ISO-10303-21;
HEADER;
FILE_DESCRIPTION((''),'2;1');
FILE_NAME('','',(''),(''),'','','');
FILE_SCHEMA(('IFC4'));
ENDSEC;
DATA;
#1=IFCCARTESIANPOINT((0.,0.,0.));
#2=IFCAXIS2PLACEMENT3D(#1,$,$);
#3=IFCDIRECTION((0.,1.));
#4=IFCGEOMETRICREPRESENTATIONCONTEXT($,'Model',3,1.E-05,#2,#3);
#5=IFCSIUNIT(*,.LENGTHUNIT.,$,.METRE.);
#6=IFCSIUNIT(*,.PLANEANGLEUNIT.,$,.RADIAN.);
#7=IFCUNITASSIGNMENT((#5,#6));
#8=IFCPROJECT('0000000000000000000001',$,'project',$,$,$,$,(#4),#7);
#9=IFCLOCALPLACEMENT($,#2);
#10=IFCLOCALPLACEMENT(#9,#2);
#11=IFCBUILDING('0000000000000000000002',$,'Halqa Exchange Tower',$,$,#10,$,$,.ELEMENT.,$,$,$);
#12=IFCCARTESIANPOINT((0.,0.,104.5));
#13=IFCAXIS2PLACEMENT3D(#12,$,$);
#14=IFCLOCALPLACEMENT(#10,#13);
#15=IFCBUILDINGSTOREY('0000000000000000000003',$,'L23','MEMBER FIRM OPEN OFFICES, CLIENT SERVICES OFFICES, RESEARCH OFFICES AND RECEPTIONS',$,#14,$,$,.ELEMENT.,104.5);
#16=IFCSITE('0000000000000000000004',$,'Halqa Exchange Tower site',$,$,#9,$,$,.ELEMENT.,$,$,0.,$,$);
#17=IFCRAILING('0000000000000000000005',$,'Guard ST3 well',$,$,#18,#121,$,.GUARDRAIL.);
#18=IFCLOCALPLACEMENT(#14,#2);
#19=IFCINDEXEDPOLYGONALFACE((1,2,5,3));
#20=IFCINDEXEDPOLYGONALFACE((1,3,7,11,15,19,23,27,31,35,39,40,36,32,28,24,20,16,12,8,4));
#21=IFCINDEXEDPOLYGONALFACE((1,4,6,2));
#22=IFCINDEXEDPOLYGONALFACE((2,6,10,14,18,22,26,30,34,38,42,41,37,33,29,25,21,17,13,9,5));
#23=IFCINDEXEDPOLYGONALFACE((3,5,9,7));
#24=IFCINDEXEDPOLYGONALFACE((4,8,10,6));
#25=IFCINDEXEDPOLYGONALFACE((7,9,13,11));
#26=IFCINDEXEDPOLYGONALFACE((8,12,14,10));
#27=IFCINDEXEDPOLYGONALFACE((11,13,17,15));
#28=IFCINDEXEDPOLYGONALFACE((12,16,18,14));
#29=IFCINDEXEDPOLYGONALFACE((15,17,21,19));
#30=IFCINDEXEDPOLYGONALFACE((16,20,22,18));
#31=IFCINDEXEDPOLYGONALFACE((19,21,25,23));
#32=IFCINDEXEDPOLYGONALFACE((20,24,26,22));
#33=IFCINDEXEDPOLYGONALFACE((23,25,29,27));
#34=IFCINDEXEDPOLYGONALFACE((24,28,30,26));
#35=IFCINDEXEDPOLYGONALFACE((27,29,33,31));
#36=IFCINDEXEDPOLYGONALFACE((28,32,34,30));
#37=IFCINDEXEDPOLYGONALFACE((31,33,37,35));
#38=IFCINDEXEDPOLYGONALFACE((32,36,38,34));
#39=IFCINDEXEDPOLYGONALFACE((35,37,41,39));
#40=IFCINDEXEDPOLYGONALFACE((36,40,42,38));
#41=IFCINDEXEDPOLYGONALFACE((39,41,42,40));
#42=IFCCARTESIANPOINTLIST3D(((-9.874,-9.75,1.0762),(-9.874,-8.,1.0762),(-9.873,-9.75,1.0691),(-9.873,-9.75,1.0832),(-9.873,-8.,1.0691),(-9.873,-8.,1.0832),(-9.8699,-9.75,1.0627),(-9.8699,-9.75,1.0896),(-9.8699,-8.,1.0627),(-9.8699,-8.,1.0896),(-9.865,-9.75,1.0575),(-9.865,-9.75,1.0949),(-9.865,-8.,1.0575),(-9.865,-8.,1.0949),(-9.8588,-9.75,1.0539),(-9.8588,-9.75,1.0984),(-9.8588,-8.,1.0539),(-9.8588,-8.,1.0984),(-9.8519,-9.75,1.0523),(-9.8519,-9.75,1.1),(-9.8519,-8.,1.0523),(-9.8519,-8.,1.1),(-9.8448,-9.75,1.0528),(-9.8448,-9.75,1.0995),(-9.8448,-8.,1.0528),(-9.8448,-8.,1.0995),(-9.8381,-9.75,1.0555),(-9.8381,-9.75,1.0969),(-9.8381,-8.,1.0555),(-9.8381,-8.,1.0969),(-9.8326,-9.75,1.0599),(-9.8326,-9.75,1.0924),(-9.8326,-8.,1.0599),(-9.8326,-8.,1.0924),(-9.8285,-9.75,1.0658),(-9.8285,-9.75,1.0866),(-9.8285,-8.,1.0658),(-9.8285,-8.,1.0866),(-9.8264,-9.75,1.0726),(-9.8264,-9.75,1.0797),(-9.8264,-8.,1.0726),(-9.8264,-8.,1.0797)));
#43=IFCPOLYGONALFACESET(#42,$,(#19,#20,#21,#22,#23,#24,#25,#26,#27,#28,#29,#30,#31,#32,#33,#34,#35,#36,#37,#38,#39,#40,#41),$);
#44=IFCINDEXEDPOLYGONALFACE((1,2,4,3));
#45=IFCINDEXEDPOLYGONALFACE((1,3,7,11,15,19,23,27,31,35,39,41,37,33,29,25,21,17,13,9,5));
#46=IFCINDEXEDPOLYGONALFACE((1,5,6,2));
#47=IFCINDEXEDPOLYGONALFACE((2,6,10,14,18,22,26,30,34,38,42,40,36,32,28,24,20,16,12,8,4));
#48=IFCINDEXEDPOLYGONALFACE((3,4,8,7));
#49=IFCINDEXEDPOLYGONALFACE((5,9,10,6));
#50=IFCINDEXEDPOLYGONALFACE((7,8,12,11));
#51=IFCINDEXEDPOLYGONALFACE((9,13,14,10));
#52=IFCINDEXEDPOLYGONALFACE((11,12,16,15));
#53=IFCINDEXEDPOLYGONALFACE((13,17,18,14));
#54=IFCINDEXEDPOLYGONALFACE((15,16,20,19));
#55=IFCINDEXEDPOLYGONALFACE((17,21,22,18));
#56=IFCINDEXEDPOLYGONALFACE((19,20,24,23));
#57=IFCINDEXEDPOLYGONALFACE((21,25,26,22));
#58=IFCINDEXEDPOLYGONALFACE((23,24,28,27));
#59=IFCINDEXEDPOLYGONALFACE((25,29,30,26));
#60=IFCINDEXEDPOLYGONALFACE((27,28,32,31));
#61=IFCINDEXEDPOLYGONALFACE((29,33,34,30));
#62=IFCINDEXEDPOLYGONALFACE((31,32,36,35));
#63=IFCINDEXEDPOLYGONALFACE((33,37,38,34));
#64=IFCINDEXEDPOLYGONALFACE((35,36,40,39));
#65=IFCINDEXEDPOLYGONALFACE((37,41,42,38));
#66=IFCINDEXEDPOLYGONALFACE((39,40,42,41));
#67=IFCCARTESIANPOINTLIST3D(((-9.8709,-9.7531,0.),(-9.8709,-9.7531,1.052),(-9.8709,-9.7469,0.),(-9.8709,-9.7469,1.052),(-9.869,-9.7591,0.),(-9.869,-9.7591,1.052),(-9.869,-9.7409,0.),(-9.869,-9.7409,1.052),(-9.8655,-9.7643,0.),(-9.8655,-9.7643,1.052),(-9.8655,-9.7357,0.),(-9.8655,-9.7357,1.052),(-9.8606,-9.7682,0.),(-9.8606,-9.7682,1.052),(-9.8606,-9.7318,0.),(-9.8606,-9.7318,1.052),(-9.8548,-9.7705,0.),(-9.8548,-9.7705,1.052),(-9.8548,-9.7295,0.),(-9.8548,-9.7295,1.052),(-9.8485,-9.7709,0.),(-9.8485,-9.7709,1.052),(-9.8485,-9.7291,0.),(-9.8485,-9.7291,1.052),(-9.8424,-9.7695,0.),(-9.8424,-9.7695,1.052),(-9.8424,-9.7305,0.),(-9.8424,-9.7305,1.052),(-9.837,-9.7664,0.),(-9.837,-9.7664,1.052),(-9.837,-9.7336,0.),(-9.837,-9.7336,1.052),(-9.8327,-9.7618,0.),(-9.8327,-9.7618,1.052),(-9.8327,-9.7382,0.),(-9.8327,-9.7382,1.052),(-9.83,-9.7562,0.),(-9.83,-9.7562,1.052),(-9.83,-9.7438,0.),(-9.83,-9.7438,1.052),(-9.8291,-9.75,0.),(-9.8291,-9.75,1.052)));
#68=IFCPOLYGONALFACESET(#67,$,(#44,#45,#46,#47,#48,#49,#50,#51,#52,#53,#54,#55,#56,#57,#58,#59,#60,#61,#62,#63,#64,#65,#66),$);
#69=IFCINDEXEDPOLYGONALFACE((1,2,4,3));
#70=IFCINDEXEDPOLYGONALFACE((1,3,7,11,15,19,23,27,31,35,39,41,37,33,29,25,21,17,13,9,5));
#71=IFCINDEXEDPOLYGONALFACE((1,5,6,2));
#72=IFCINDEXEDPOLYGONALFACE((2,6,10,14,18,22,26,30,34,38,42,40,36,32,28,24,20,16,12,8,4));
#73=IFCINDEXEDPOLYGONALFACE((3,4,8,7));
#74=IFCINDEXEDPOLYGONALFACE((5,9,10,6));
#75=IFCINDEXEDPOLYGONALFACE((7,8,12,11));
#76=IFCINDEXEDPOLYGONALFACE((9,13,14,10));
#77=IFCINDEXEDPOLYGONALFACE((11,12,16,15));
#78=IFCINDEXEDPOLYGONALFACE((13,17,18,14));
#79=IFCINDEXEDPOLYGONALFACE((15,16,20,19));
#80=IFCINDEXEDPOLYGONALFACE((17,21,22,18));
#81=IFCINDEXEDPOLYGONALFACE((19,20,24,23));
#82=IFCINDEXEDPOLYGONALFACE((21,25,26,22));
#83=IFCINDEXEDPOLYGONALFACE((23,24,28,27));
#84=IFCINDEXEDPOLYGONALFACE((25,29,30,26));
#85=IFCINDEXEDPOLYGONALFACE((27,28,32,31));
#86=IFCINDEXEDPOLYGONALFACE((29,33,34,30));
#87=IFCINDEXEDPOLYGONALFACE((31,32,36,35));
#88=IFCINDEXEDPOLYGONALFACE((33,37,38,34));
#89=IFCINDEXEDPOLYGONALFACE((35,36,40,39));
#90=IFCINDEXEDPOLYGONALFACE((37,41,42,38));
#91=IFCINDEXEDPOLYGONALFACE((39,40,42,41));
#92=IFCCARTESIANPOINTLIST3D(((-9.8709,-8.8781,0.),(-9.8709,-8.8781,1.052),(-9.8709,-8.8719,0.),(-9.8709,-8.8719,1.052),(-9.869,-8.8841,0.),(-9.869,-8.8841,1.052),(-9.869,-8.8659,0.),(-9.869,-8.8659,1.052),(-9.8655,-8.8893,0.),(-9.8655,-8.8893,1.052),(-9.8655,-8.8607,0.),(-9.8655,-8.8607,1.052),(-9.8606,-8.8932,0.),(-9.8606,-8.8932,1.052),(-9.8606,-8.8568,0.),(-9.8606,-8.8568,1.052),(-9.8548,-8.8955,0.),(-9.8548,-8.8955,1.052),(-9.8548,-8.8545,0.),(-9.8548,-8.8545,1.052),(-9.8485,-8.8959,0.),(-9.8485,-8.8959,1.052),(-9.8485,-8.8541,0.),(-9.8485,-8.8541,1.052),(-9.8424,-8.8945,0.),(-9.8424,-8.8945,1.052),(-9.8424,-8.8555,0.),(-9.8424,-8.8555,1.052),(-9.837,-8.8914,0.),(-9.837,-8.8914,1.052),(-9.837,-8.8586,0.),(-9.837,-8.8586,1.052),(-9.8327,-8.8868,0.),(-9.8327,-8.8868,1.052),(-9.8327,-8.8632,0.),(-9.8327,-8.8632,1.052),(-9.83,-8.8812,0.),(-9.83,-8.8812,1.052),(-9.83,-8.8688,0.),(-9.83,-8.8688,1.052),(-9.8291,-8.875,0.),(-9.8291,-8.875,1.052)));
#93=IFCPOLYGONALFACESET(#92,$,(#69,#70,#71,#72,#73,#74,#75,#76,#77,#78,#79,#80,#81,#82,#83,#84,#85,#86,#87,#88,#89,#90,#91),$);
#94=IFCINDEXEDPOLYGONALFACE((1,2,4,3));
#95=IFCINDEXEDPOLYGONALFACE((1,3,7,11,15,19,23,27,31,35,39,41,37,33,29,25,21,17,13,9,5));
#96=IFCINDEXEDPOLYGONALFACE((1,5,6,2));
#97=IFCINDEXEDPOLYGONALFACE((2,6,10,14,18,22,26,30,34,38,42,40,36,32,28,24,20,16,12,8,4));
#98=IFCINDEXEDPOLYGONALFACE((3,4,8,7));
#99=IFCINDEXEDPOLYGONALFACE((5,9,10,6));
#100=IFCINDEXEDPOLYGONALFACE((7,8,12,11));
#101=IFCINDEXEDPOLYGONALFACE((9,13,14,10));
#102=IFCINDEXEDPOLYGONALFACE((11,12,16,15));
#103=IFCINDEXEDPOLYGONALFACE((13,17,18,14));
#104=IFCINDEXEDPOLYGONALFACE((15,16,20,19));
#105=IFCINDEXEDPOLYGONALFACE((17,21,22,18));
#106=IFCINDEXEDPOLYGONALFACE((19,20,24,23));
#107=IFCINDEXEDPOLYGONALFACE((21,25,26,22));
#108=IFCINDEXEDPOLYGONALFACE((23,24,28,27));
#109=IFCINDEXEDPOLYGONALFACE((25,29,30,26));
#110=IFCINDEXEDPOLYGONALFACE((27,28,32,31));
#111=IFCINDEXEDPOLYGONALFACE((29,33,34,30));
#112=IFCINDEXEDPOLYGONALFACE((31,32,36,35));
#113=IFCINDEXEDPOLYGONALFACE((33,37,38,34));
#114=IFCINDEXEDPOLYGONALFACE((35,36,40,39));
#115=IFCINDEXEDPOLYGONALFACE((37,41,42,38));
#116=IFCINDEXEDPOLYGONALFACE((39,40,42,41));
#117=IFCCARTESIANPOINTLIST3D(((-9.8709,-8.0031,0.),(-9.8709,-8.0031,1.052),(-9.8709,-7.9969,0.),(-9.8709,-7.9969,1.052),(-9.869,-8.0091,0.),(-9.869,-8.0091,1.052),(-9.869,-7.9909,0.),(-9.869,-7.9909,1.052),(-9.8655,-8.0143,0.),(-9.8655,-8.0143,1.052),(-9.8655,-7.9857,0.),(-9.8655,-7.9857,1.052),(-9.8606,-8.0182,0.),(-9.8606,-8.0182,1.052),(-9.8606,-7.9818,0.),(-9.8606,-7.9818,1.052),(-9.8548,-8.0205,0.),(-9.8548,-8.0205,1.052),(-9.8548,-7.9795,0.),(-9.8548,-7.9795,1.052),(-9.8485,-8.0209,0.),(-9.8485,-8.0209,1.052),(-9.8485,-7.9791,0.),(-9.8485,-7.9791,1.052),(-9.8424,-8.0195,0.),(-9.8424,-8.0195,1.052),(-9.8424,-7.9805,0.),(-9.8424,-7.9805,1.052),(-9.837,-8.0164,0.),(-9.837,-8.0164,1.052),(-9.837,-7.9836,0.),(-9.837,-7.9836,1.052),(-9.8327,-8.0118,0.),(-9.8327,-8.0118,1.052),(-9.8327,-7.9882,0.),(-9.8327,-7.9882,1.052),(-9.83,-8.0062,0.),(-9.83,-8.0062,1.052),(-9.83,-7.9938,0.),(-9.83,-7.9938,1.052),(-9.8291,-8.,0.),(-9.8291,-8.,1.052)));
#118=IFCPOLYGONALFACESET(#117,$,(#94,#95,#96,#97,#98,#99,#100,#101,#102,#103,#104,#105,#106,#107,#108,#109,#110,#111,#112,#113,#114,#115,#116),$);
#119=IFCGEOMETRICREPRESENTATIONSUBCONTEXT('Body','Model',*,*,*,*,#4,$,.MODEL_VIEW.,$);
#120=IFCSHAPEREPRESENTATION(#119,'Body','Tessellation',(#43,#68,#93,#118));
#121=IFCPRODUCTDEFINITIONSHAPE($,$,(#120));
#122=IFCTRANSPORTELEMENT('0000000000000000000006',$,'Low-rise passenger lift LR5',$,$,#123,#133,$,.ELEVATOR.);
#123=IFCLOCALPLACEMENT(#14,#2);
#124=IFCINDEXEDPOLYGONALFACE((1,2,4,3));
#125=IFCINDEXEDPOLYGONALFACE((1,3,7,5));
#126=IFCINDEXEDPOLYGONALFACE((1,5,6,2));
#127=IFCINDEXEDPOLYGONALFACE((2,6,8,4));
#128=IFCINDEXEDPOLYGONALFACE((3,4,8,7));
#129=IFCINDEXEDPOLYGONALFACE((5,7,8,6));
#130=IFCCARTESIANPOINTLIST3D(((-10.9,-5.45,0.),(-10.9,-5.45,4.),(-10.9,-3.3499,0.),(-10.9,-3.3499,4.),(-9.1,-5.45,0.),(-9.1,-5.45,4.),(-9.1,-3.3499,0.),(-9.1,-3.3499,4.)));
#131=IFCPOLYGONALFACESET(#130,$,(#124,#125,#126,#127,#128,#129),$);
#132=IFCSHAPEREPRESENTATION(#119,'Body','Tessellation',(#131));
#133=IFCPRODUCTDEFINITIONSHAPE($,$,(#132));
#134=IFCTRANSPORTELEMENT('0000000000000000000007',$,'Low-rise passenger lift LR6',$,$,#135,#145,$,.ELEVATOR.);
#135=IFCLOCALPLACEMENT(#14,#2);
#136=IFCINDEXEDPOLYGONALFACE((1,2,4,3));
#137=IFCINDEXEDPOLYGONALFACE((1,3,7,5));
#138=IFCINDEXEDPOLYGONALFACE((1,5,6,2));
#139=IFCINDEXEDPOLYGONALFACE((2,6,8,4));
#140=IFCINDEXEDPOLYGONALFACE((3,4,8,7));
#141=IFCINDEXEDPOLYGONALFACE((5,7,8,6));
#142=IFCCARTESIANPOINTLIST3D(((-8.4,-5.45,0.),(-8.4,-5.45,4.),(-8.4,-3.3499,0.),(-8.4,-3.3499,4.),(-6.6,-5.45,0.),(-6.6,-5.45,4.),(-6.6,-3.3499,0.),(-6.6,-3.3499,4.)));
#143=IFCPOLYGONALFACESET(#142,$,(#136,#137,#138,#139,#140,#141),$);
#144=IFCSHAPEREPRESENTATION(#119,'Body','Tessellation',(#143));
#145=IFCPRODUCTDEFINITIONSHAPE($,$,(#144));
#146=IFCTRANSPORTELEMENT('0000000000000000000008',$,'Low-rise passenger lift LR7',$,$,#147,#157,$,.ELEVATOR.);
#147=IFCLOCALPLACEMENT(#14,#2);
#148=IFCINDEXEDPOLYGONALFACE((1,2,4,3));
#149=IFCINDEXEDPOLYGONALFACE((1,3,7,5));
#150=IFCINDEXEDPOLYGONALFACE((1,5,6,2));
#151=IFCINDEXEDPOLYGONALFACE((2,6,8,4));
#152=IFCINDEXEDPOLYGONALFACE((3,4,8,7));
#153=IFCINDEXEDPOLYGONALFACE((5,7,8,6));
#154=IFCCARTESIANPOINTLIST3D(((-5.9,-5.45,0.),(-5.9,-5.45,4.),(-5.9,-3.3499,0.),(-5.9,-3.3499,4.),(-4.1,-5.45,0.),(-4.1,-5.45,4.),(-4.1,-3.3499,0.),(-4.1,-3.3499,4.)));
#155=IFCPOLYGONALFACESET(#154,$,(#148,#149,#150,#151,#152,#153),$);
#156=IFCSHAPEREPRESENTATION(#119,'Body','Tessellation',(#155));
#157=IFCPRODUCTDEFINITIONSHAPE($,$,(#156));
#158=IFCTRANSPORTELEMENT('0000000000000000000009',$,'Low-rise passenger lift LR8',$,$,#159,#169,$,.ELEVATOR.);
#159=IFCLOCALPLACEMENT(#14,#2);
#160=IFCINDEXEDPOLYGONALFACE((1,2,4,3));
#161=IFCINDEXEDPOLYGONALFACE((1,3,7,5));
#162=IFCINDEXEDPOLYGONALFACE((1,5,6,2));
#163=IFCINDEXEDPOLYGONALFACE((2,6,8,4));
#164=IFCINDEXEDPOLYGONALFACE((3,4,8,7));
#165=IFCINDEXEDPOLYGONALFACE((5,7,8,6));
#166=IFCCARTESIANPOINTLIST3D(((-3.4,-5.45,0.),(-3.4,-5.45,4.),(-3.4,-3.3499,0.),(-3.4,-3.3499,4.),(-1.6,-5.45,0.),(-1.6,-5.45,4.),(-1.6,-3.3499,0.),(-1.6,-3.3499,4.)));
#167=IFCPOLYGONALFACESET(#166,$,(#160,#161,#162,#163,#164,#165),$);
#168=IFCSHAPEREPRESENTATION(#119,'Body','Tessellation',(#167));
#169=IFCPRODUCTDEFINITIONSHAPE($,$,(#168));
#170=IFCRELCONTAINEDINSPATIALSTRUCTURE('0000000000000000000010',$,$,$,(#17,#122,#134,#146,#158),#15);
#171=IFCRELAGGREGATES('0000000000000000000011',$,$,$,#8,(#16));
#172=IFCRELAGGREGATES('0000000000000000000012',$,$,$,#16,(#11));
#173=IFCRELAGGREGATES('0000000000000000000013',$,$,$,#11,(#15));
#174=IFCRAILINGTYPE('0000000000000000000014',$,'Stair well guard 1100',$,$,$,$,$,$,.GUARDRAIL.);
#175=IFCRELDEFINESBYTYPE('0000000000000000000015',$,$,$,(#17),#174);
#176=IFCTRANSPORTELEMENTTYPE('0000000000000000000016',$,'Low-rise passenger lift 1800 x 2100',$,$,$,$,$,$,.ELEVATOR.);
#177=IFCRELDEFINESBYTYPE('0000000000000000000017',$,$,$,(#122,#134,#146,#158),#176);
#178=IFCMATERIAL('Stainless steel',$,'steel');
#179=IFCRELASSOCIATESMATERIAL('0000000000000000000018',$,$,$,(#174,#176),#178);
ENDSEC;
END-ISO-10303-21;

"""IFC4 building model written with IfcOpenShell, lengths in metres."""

from ifc_helpers import new_model, si_unit, direction, frame, origin, origin_2d, place, context, subcontext, project, spatial, rectangle, circle, extrude, material, type_object, element, save


model = new_model("IFC4")

# Units and contexts
model_context = context("Model", 3, precision=1e-05, world=origin(), true_north=direction((0.0, 1.0)))
body_context = subcontext(model_context, "Body", "Model", "MODEL_VIEW")
ifc_project = project(units=[si_unit("LENGTHUNIT", "METRE"), si_unit("PLANEANGLEUNIT", "RADIAN")], contexts=[model_context])

# Site, building, storey
site_placement = place(None, origin())
site = spatial("IfcSite", under=ifc_project, at=site_placement, Name="Halqa Exchange Tower site", CompositionType="ELEMENT", RefElevation=0.0)
building_placement = place(site_placement, origin())
building = spatial("IfcBuilding", under=site, at=building_placement, Name="Halqa Exchange Tower", CompositionType="ELEMENT")
storey_placement = place(building_placement, frame((0.0, 0.0, 104.5)))
storey = spatial("IfcBuildingStorey", under=building, at=storey_placement, Name="L23", Description="MEMBER FIRM OPEN OFFICES, CLIENT SERVICES OFFICES, RESEARCH OFFICES AND RECEPTIONS", CompositionType="ELEMENT", Elevation=104.5)

# Shared definitions
ifc_material_1 = material(Name="Stainless steel", Category="steel")

# Railing
railing_type_1 = type_object("IfcRailingType", Name="Stair well guard 1100", PredefinedType="GUARDRAIL", material=ifc_material_1)
railing_1_placement = place(storey_placement, frame((-9.8501, -9.75, 0.0)))
element("IfcRailing", 1, at=railing_1_placement, inside=storey, type_object=railing_type_1, Name="Guard ST3 well", PredefinedType="GUARDRAIL", context=body_context, shape_type="SweptSolid", body=[
    extrude(circle(Radius=0.0239, at=origin_2d()), frame((0.0, 0.0, 1.0762), z_axis=(0.0, 1.0, 0.0), x_axis=(-1.0, 0.0, 0.0)), (0.0, 0.0, 1.0), 1.75),
    extrude(circle(Radius=0.021, at=origin_2d()), origin(), (0.0, 0.0, 1.0), 1.052),
    extrude(circle(Radius=0.021, at=origin_2d()), frame((0.0, 0.875, 0.0)), (0.0, 0.0, 1.0), 1.052),
    extrude(circle(Radius=0.021, at=origin_2d()), frame((0.0, 1.75, 0.0)), (0.0, 0.0, 1.0), 1.052),
])

# Transport elements
transport_element_type = type_object("IfcTransportElementType", Name="Low-rise passenger lift 1800 x 2100", PredefinedType="ELEVATOR", material=ifc_material_1)
for number, where, z_axis, x_axis, name in (
    (2, (-10.0, -4.3999, 0.0), (0.0, 0.0, 1.0), (1.0, 0.0, 0.0), "Low-rise passenger lift LR5"),
    (3, (-7.5, -4.3999, 0.0), (0.0, 0.0, 1.0), (1.0, 0.0, 0.0), "Low-rise passenger lift LR6"),
    (4, (-5.0, -4.3999, 0.0), (0.0, 0.0, 1.0), (1.0, 0.0, 0.0), "Low-rise passenger lift LR7"),
    (5, (-2.5, -4.3999, 0.0), (0.0, 0.0, 1.0), (1.0, 0.0, 0.0), "Low-rise passenger lift LR8"),
):
    element("IfcTransportElement", number, at=place(storey_placement, frame(where, z_axis=z_axis, x_axis=x_axis)), inside=storey, type_object=transport_element_type, Name=name, PredefinedType="ELEVATOR", context=body_context, shape_type="SweptSolid", body=[
        extrude(rectangle(XDim=1.8, YDim=2.1001, at=origin_2d()), origin(), (0.0, 0.0, 1.0), 4.0),
    ])

save(model, "model.ifc")
